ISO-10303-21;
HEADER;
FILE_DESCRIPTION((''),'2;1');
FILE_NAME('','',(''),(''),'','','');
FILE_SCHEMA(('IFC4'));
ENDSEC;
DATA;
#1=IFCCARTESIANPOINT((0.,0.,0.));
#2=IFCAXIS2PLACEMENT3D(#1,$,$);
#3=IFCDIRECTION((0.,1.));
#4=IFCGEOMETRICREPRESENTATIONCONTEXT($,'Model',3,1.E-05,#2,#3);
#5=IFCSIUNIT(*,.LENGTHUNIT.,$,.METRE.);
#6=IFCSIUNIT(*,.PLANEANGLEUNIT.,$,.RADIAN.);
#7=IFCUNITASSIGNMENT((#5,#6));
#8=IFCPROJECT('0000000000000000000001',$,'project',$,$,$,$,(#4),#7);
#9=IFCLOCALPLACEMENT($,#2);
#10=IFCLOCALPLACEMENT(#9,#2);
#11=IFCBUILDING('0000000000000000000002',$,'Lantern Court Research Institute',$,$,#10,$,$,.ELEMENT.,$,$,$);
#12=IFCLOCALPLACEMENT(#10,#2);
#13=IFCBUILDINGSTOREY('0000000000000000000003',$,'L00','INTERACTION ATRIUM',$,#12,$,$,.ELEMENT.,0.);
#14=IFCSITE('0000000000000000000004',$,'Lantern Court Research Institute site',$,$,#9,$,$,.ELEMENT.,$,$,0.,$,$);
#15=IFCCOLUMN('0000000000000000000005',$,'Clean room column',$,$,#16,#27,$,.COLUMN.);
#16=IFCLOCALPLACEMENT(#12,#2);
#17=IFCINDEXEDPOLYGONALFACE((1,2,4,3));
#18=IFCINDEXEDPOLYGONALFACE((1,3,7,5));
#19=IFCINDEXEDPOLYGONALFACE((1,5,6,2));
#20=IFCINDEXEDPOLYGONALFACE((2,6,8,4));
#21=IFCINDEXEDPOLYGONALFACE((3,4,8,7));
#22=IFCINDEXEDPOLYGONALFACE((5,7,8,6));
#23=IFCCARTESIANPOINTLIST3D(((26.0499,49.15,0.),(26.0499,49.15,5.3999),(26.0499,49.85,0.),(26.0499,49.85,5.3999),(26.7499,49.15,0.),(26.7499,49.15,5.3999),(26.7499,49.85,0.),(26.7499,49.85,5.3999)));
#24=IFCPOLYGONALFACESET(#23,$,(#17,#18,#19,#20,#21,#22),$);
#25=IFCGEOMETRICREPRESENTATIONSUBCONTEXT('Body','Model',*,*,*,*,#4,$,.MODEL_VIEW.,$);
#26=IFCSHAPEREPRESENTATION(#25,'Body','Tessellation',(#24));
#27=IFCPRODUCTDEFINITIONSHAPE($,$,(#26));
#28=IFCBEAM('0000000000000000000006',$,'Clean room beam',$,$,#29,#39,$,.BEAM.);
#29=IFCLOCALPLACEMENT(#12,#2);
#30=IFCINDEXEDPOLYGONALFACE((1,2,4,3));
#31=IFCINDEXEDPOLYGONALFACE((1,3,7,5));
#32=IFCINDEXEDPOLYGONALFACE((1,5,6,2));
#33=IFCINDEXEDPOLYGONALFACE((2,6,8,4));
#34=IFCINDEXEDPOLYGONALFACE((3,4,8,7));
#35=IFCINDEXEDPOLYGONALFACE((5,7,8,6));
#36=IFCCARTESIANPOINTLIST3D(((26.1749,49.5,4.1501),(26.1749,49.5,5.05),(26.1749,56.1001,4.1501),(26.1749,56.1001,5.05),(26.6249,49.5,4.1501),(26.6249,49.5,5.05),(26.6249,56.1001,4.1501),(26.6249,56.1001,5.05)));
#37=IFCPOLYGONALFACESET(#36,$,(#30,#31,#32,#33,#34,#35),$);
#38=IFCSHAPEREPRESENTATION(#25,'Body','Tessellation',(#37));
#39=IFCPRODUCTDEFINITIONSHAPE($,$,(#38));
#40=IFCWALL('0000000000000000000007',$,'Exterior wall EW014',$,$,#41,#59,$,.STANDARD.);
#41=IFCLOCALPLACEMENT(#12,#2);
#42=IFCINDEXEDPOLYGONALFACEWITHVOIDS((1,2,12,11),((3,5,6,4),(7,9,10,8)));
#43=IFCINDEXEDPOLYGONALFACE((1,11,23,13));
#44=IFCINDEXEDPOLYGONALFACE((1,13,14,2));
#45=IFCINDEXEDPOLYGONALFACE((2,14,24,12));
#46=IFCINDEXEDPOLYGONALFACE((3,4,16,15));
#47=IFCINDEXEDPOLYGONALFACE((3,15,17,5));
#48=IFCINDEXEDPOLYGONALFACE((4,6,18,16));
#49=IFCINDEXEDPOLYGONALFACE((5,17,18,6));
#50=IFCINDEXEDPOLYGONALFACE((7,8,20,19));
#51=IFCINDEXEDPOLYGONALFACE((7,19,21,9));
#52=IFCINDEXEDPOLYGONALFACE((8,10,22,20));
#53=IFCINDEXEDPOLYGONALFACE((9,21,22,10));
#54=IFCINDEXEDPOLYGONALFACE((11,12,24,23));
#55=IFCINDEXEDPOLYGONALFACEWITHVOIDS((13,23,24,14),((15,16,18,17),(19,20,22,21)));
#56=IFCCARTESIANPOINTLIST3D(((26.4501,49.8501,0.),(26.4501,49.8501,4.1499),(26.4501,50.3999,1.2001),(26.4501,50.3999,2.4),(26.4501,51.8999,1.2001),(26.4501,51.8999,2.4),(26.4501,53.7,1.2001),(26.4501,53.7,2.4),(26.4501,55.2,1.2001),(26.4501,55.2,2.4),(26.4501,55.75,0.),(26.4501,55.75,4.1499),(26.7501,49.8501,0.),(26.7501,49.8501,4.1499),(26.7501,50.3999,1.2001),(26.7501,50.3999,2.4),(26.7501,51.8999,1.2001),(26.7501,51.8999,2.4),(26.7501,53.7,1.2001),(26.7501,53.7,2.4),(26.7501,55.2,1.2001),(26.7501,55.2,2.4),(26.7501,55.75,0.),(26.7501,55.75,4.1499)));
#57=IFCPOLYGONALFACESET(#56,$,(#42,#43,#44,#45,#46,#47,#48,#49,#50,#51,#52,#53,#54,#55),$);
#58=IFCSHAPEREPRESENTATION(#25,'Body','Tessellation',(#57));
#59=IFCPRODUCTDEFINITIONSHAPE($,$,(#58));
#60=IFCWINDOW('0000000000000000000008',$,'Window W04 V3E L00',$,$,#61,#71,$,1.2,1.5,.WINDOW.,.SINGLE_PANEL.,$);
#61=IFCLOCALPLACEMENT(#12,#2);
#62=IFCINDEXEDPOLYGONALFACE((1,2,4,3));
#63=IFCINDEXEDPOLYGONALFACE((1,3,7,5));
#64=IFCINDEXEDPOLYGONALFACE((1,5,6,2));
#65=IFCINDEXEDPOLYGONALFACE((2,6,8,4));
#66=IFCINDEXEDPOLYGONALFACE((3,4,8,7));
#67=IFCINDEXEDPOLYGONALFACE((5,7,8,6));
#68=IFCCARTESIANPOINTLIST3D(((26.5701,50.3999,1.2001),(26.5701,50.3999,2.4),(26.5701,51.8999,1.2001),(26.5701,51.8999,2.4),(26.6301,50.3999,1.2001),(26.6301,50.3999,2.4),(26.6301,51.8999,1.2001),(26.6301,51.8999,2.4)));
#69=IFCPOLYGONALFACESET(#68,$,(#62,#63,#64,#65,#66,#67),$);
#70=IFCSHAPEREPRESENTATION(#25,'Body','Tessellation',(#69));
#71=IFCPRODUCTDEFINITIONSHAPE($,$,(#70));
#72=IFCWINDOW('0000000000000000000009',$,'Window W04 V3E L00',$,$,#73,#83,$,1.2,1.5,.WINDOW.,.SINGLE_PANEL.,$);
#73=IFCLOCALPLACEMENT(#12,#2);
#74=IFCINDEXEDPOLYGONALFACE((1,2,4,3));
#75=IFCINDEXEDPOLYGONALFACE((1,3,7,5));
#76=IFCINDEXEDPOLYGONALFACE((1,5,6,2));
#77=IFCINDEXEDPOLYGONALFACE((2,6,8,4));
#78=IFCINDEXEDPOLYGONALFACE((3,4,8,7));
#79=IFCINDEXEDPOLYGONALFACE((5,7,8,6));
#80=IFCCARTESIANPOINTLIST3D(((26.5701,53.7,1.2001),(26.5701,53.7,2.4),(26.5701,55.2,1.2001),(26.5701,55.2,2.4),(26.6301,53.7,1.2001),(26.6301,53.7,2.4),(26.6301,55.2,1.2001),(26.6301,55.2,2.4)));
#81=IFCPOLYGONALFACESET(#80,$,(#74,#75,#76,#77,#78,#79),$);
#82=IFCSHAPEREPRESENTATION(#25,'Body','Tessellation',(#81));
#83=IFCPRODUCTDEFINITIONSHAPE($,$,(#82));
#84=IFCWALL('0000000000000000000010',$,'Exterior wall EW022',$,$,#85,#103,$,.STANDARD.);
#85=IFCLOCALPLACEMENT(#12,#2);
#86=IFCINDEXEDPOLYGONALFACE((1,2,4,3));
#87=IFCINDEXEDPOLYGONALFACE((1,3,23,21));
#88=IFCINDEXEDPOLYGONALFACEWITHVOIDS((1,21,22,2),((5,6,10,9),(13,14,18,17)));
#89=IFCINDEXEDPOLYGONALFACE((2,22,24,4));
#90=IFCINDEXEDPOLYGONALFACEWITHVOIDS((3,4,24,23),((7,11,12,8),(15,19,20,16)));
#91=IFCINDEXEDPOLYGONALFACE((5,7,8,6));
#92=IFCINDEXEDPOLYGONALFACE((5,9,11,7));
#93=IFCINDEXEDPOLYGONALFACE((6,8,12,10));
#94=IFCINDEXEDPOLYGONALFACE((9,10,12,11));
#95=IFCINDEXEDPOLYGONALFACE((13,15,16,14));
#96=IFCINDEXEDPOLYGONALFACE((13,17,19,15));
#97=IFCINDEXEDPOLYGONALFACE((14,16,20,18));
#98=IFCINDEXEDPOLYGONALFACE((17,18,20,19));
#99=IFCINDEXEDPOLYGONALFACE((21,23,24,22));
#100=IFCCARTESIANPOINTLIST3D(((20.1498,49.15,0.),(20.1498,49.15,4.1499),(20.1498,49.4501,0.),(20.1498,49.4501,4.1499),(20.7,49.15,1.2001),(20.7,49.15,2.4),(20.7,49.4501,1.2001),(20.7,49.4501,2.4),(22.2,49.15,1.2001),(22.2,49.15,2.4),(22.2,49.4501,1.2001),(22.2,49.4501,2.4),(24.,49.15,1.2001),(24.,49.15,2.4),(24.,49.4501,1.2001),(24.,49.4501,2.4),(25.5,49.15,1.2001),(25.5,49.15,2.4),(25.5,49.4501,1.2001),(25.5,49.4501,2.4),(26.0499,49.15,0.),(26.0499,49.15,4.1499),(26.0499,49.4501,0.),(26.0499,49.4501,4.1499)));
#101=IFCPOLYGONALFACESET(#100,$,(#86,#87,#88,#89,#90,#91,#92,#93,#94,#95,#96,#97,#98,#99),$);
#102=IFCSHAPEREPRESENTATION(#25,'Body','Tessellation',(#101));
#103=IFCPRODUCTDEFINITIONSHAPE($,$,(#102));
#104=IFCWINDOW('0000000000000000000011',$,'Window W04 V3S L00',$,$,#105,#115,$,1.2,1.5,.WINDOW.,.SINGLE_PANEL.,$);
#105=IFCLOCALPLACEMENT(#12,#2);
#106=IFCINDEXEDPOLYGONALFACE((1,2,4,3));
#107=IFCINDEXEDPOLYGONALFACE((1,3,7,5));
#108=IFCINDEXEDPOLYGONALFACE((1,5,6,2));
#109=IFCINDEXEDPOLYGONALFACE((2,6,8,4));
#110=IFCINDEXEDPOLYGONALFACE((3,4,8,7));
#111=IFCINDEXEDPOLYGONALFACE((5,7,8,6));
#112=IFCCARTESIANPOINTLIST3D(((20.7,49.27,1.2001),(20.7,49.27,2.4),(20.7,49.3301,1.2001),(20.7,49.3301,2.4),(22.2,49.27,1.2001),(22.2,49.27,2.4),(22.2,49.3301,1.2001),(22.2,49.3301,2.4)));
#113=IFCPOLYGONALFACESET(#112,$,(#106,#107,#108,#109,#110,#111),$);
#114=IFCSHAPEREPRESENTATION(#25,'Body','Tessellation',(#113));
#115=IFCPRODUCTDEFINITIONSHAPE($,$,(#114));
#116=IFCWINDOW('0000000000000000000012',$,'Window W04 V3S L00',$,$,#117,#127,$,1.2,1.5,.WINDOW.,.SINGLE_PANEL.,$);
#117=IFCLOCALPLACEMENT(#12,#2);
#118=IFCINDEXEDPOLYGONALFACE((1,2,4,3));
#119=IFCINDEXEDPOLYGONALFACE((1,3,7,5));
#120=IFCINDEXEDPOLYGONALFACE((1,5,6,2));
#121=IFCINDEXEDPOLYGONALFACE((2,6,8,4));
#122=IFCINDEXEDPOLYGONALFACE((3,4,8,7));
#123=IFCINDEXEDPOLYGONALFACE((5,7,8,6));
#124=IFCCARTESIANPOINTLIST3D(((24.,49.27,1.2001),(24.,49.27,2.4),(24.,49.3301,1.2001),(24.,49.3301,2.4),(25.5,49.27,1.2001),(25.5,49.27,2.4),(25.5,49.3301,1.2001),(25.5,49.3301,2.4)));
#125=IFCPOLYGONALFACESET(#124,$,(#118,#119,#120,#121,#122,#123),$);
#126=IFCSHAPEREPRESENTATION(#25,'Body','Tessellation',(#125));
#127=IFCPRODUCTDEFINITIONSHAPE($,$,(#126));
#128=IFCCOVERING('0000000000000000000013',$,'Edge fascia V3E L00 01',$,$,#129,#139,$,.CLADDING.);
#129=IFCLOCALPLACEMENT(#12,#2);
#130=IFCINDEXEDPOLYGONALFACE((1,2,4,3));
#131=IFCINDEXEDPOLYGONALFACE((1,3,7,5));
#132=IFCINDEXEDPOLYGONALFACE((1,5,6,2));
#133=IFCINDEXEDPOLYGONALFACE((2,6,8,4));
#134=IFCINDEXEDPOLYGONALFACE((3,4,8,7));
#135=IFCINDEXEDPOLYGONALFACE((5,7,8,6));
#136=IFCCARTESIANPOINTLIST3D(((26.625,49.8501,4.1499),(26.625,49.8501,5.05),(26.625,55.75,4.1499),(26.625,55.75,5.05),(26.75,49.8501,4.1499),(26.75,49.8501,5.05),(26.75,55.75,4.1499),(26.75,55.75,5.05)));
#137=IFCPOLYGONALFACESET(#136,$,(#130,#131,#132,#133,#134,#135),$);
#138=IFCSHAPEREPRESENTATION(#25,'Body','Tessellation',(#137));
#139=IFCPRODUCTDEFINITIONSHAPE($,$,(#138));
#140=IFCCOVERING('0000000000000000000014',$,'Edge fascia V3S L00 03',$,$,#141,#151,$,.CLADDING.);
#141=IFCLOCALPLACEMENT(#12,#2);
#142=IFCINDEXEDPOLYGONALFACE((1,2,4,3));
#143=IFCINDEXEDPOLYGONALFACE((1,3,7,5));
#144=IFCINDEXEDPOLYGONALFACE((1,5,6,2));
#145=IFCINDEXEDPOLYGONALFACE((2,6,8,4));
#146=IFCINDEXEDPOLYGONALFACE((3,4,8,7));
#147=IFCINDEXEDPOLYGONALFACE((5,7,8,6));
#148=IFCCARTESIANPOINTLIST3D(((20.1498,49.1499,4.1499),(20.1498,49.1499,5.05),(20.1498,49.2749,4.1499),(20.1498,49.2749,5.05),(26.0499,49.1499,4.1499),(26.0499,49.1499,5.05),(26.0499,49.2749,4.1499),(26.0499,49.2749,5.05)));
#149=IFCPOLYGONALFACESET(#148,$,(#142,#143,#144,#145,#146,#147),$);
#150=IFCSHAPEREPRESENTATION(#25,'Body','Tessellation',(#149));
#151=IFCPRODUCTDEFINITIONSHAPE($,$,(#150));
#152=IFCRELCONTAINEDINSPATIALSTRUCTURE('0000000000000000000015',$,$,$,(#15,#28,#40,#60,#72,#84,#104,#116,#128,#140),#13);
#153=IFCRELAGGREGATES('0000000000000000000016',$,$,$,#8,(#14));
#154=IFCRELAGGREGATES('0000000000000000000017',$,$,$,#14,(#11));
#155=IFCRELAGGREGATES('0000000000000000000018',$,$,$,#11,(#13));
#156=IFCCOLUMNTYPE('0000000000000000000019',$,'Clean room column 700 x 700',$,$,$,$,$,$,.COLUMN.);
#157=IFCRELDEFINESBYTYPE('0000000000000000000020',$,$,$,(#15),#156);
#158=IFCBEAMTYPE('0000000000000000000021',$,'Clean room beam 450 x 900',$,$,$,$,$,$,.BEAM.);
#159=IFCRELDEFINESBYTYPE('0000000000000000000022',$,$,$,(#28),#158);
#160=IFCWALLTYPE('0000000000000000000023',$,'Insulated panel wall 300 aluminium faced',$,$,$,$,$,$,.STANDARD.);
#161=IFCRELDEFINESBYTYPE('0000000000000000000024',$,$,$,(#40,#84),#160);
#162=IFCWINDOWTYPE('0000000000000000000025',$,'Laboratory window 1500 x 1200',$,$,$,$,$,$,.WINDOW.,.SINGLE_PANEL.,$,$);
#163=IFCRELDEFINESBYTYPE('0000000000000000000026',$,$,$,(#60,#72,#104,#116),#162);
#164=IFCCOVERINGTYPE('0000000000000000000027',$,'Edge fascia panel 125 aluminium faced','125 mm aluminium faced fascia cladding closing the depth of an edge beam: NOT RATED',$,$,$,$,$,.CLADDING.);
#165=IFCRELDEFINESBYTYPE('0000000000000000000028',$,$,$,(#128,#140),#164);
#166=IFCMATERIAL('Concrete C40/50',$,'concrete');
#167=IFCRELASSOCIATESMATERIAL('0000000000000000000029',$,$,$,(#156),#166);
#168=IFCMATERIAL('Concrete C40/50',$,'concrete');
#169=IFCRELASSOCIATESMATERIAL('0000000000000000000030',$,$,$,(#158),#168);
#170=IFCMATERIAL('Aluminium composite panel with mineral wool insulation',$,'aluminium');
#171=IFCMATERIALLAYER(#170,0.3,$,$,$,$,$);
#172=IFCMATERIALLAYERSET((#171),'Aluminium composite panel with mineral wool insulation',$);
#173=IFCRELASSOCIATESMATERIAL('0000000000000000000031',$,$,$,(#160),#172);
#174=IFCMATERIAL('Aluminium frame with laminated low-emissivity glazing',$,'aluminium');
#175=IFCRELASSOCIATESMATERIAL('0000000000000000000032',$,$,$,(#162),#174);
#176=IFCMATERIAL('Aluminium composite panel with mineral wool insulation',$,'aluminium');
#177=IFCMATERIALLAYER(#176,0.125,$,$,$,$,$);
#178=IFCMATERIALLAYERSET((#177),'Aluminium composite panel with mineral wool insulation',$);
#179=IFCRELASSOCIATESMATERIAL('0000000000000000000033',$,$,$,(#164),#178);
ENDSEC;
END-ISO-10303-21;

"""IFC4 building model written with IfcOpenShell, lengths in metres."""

from ifc_helpers import new_model, si_unit, direction, frame, frame_2d, origin, origin_2d, place, context, subcontext, project, spatial, rectangle, extrude, material, layer, layer_set, material_profile, profile_set, type_object, element, fill, save


model = new_model("IFC4")

# Units and contexts
model_context = context("Model", 3, precision=1e-05, world=origin(), true_north=direction((0.0, 1.0)))
body_context = subcontext(model_context, "Body", "Model", "MODEL_VIEW")
ifc_project = project(units=[si_unit("LENGTHUNIT", "METRE"), si_unit("PLANEANGLEUNIT", "RADIAN")], contexts=[model_context])

# Site, building, storey
site_placement = place(None, origin())
site = spatial("IfcSite", under=ifc_project, at=site_placement, Name="Lantern Court Research Institute site", CompositionType="ELEMENT", RefElevation=0.0)
building_placement = place(site_placement, origin())
building = spatial("IfcBuilding", under=site, at=building_placement, Name="Lantern Court Research Institute", CompositionType="ELEMENT")
storey_placement = place(building_placement, origin())
storey = spatial("IfcBuildingStorey", under=building, at=storey_placement, Name="L00", Description="INTERACTION ATRIUM", CompositionType="ELEMENT", Elevation=0.0)

# Column
ifc_material_1 = material(Name="Concrete C40/50", Category="concrete")
ifc_material_profile_1 = material_profile(ifc_material_1, rectangle(XDim=0.7, YDim=0.7, at=origin_2d()), Name="Clean room column 700 x 700")
ifc_profile_set_1 = profile_set([ifc_material_profile_1], Name="Concrete C40/50")
column_type = type_object("IfcColumnType", Name="Clean room column 700 x 700", PredefinedType="COLUMN", material=ifc_profile_set_1)
column_placement = place(storey_placement, frame((26.3999, 49.5, 0.0), z_axis=(0.0, 0.0, 1.0), x_axis=(1.0, 0.0, 0.0)))
element("IfcColumn", 1, at=column_placement, inside=storey, type_object=column_type, Name="Clean room column", PredefinedType="COLUMN", context=body_context, shape_type="SweptSolid", body=[
    extrude(rectangle(XDim=0.7, YDim=0.7, at=origin_2d()), origin(), (0.0, 0.0, 1.0), 5.3999),
])

# Beam
ifc_material_2 = material(Name="Concrete C40/50", Category="concrete")
ifc_material_profile_2 = material_profile(ifc_material_2, rectangle(XDim=0.45, YDim=0.8999, at=origin_2d()), Name="Clean room beam 450 x 900")
ifc_profile_set_2 = profile_set([ifc_material_profile_2], Name="Concrete C40/50")
beam_type = type_object("IfcBeamType", Name="Clean room beam 450 x 900", PredefinedType="BEAM", material=ifc_profile_set_2)
beam_placement = place(storey_placement, frame((26.3999, 49.5, 4.6001), z_axis=(0.0, 1.0, 0.0), x_axis=(-1.0, 0.0, 0.0)))
element("IfcBeam", 2, at=beam_placement, inside=storey, type_object=beam_type, Name="Clean room beam", PredefinedType="BEAM", context=body_context, shape_type="SweptSolid", body=[
    extrude(rectangle(XDim=0.45, YDim=0.8999, at=origin_2d()), origin(), (0.0, 0.0, 1.0), 6.6001),
])

# Walls, openings, windows
ifc_material_3 = material(Name="Aluminium composite panel with mineral wool insulation", Category="aluminium")
ifc_layer_1 = layer(ifc_material_3, 0.3)
ifc_layer_set_1 = layer_set([ifc_layer_1], Name="Aluminium composite panel with mineral wool insulation")
wall_type = type_object("IfcWallType", Name="Insulated panel wall 300 aluminium faced", PredefinedType="STANDARD", material=ifc_layer_set_1)
wall_1_placement = place(storey_placement, frame((26.6001, 55.75, 0.0), z_axis=(0.0, 0.0, 1.0), x_axis=(0.0, -1.0, 0.0)))
wall_1 = element("IfcWall", 3, at=wall_1_placement, inside=storey, type_object=wall_type, Name="Exterior wall EW014", PredefinedType="STANDARD", context=body_context, shape_type="SweptSolid", body=[
    extrude(rectangle(XDim=5.8999, YDim=0.3, at=frame_2d((2.95, 0.0))), origin(), (0.0, 0.0, 1.0), 4.1499),
])
opening_1_placement = place(wall_1_placement, frame((3.8501, 0.0, 1.2)))
opening_1 = element("IfcOpeningElement", 4, at=opening_1_placement, cuts=wall_1, PredefinedType="OPENING", context=body_context, shape_type="SweptSolid", body=[
    extrude(rectangle(XDim=1.5, YDim=1.2, at=frame_2d((0.75, 0.6001))), frame((0.0, 0.1599, 0.0), z_axis=(0.0, -1.0, 0.0), x_axis=(1.0, 0.0, 0.0)), (0.0, 0.0, 1.0), 0.3201),
])
opening_2_placement = place(wall_1_placement, frame((0.55, 0.0, 1.2)))
opening_2 = element("IfcOpeningElement", 5, at=opening_2_placement, cuts=wall_1, PredefinedType="OPENING", context=body_context, shape_type="SweptSolid", body=[
    extrude(rectangle(XDim=1.5, YDim=1.2, at=frame_2d((0.75, 0.6001))), frame((0.0, 0.1599, 0.0), z_axis=(0.0, -1.0, 0.0), x_axis=(1.0, 0.0, 0.0)), (0.0, 0.0, 1.0), 0.3201),
])
ifc_material_4 = material(Name="Aluminium frame with laminated low-emissivity glazing", Category="aluminium")
window_type = type_object("IfcWindowType", Name="Laboratory window 1500 x 1200", PartitioningType="SINGLE_PANEL", PredefinedType="WINDOW", material=ifc_material_4)
window_1_placement = place(opening_1_placement, origin())
window_1 = element("IfcWindow", 6, at=window_1_placement, inside=storey, type_object=window_type, Name="Window W04 V3E L00", OverallHeight=1.2, OverallWidth=1.5, PartitioningType="SINGLE_PANEL", PredefinedType="WINDOW", context=body_context, shape_type="SweptSolid", body=[
    extrude(rectangle(XDim=1.5, YDim=1.2, at=frame_2d((0.75, 0.6001))), frame((0.0, 0.03, 0.0), z_axis=(0.0, -1.0, 0.0), x_axis=(1.0, 0.0, 0.0)), (0.0, 0.0, 1.0), 0.0601),
])
fill(opening_1, window_1)
window_2_placement = place(opening_2_placement, origin())
window_2 = element("IfcWindow", 7, at=window_2_placement, inside=storey, type_object=window_type, Name="Window W04 V3E L00", OverallHeight=1.2, OverallWidth=1.5, PartitioningType="SINGLE_PANEL", PredefinedType="WINDOW", context=body_context, shape_type="SweptSolid", body=[
    extrude(rectangle(XDim=1.5, YDim=1.2, at=frame_2d((0.75, 0.6001))), frame((0.0, 0.03, 0.0), z_axis=(0.0, -1.0, 0.0), x_axis=(1.0, 0.0, 0.0)), (0.0, 0.0, 1.0), 0.0601),
])
fill(opening_2, window_2)
wall_2_placement = place(storey_placement, frame((26.05, 49.3, 0.0), z_axis=(0.0, 0.0, 1.0), x_axis=(-1.0, 0.0, 0.0)))
wall_2 = element("IfcWall", 8, at=wall_2_placement, inside=storey, type_object=wall_type, Name="Exterior wall EW022", PredefinedType="STANDARD", context=body_context, shape_type="SweptSolid", body=[
    extrude(rectangle(XDim=5.9001, YDim=0.3, at=frame_2d((2.9502, 0.0))), origin(), (0.0, 0.0, 1.0), 4.1499),
])
opening_3_placement = place(wall_2_placement, frame((3.8501, 0.0, 1.2)))
opening_3 = element("IfcOpeningElement", 9, at=opening_3_placement, cuts=wall_2, PredefinedType="OPENING", context=body_context, shape_type="SweptSolid", body=[
    extrude(rectangle(XDim=1.5, YDim=1.2, at=frame_2d((0.75, 0.6001))), frame((0.0, 0.1599, 0.0), z_axis=(0.0, -1.0, 0.0), x_axis=(1.0, 0.0, 0.0)), (0.0, 0.0, 1.0), 0.3201),
])
opening_4_placement = place(wall_2_placement, frame((0.55, 0.0, 1.2)))
opening_4 = element("IfcOpeningElement", 10, at=opening_4_placement, cuts=wall_2, PredefinedType="OPENING", context=body_context, shape_type="SweptSolid", body=[
    extrude(rectangle(XDim=1.5, YDim=1.2, at=frame_2d((0.75, 0.6001))), frame((0.0, 0.1599, 0.0), z_axis=(0.0, -1.0, 0.0), x_axis=(1.0, 0.0, 0.0)), (0.0, 0.0, 1.0), 0.3201),
])
window_3_placement = place(opening_3_placement, origin())
window_3 = element("IfcWindow", 11, at=window_3_placement, inside=storey, type_object=window_type, Name="Window W04 V3S L00", OverallHeight=1.2, OverallWidth=1.5, PartitioningType="SINGLE_PANEL", PredefinedType="WINDOW", context=body_context, shape_type="SweptSolid", body=[
    extrude(rectangle(XDim=1.5, YDim=1.2, at=frame_2d((0.75, 0.6001))), frame((0.0, 0.03, 0.0), z_axis=(0.0, -1.0, 0.0), x_axis=(1.0, 0.0, 0.0)), (0.0, 0.0, 1.0), 0.0601),
])
fill(opening_3, window_3)
window_4_placement = place(opening_4_placement, origin())
window_4 = element("IfcWindow", 12, at=window_4_placement, inside=storey, type_object=window_type, Name="Window W04 V3S L00", OverallHeight=1.2, OverallWidth=1.5, PartitioningType="SINGLE_PANEL", PredefinedType="WINDOW", context=body_context, shape_type="SweptSolid", body=[
    extrude(rectangle(XDim=1.5, YDim=1.2, at=frame_2d((0.75, 0.6001))), frame((0.0, 0.03, 0.0), z_axis=(0.0, -1.0, 0.0), x_axis=(1.0, 0.0, 0.0)), (0.0, 0.0, 1.0), 0.0601),
])
fill(opening_4, window_4)

# Coverings
ifc_material_5 = material(Name="Aluminium composite panel with mineral wool insulation", Category="aluminium")
ifc_layer_2 = layer(ifc_material_5, 0.125)
ifc_layer_set_2 = layer_set([ifc_layer_2], Name="Aluminium composite panel with mineral wool insulation")
covering_type_1 = type_object("IfcCoveringType", Name="Edge fascia panel 125 aluminium faced", Description="125 mm aluminium faced fascia cladding closing the depth of an edge beam: NOT RATED", PredefinedType="CLADDING", material=ifc_layer_set_2)
covering_1_placement = place(storey_placement, frame((26.6875, 55.75, 4.1499), z_axis=(0.0, 0.0, 1.0), x_axis=(0.0, -1.0, 0.0)))
element("IfcCovering", 13, at=covering_1_placement, inside=storey, type_object=covering_type_1, Name="Edge fascia V3E L00 01", PredefinedType="CLADDING", context=body_context, shape_type="SweptSolid", body=[
    extrude(rectangle(XDim=5.8999, YDim=0.125, at=frame_2d((2.95, 0.0))), origin(), (0.0, 0.0, 1.0), 0.9001),
])
covering_2_placement = place(storey_placement, frame((26.05, 49.2124, 4.1499), z_axis=(0.0, 0.0, 1.0), x_axis=(-1.0, 0.0, 0.0)))
element("IfcCovering", 14, at=covering_2_placement, inside=storey, type_object=covering_type_1, Name="Edge fascia V3S L00 03", PredefinedType="CLADDING", context=body_context, shape_type="SweptSolid", body=[
    extrude(rectangle(XDim=5.9001, YDim=0.125, at=frame_2d((2.9502, 0.0))), origin(), (0.0, 0.0, 1.0), 0.9001),
])

save(model, "model.ifc")
